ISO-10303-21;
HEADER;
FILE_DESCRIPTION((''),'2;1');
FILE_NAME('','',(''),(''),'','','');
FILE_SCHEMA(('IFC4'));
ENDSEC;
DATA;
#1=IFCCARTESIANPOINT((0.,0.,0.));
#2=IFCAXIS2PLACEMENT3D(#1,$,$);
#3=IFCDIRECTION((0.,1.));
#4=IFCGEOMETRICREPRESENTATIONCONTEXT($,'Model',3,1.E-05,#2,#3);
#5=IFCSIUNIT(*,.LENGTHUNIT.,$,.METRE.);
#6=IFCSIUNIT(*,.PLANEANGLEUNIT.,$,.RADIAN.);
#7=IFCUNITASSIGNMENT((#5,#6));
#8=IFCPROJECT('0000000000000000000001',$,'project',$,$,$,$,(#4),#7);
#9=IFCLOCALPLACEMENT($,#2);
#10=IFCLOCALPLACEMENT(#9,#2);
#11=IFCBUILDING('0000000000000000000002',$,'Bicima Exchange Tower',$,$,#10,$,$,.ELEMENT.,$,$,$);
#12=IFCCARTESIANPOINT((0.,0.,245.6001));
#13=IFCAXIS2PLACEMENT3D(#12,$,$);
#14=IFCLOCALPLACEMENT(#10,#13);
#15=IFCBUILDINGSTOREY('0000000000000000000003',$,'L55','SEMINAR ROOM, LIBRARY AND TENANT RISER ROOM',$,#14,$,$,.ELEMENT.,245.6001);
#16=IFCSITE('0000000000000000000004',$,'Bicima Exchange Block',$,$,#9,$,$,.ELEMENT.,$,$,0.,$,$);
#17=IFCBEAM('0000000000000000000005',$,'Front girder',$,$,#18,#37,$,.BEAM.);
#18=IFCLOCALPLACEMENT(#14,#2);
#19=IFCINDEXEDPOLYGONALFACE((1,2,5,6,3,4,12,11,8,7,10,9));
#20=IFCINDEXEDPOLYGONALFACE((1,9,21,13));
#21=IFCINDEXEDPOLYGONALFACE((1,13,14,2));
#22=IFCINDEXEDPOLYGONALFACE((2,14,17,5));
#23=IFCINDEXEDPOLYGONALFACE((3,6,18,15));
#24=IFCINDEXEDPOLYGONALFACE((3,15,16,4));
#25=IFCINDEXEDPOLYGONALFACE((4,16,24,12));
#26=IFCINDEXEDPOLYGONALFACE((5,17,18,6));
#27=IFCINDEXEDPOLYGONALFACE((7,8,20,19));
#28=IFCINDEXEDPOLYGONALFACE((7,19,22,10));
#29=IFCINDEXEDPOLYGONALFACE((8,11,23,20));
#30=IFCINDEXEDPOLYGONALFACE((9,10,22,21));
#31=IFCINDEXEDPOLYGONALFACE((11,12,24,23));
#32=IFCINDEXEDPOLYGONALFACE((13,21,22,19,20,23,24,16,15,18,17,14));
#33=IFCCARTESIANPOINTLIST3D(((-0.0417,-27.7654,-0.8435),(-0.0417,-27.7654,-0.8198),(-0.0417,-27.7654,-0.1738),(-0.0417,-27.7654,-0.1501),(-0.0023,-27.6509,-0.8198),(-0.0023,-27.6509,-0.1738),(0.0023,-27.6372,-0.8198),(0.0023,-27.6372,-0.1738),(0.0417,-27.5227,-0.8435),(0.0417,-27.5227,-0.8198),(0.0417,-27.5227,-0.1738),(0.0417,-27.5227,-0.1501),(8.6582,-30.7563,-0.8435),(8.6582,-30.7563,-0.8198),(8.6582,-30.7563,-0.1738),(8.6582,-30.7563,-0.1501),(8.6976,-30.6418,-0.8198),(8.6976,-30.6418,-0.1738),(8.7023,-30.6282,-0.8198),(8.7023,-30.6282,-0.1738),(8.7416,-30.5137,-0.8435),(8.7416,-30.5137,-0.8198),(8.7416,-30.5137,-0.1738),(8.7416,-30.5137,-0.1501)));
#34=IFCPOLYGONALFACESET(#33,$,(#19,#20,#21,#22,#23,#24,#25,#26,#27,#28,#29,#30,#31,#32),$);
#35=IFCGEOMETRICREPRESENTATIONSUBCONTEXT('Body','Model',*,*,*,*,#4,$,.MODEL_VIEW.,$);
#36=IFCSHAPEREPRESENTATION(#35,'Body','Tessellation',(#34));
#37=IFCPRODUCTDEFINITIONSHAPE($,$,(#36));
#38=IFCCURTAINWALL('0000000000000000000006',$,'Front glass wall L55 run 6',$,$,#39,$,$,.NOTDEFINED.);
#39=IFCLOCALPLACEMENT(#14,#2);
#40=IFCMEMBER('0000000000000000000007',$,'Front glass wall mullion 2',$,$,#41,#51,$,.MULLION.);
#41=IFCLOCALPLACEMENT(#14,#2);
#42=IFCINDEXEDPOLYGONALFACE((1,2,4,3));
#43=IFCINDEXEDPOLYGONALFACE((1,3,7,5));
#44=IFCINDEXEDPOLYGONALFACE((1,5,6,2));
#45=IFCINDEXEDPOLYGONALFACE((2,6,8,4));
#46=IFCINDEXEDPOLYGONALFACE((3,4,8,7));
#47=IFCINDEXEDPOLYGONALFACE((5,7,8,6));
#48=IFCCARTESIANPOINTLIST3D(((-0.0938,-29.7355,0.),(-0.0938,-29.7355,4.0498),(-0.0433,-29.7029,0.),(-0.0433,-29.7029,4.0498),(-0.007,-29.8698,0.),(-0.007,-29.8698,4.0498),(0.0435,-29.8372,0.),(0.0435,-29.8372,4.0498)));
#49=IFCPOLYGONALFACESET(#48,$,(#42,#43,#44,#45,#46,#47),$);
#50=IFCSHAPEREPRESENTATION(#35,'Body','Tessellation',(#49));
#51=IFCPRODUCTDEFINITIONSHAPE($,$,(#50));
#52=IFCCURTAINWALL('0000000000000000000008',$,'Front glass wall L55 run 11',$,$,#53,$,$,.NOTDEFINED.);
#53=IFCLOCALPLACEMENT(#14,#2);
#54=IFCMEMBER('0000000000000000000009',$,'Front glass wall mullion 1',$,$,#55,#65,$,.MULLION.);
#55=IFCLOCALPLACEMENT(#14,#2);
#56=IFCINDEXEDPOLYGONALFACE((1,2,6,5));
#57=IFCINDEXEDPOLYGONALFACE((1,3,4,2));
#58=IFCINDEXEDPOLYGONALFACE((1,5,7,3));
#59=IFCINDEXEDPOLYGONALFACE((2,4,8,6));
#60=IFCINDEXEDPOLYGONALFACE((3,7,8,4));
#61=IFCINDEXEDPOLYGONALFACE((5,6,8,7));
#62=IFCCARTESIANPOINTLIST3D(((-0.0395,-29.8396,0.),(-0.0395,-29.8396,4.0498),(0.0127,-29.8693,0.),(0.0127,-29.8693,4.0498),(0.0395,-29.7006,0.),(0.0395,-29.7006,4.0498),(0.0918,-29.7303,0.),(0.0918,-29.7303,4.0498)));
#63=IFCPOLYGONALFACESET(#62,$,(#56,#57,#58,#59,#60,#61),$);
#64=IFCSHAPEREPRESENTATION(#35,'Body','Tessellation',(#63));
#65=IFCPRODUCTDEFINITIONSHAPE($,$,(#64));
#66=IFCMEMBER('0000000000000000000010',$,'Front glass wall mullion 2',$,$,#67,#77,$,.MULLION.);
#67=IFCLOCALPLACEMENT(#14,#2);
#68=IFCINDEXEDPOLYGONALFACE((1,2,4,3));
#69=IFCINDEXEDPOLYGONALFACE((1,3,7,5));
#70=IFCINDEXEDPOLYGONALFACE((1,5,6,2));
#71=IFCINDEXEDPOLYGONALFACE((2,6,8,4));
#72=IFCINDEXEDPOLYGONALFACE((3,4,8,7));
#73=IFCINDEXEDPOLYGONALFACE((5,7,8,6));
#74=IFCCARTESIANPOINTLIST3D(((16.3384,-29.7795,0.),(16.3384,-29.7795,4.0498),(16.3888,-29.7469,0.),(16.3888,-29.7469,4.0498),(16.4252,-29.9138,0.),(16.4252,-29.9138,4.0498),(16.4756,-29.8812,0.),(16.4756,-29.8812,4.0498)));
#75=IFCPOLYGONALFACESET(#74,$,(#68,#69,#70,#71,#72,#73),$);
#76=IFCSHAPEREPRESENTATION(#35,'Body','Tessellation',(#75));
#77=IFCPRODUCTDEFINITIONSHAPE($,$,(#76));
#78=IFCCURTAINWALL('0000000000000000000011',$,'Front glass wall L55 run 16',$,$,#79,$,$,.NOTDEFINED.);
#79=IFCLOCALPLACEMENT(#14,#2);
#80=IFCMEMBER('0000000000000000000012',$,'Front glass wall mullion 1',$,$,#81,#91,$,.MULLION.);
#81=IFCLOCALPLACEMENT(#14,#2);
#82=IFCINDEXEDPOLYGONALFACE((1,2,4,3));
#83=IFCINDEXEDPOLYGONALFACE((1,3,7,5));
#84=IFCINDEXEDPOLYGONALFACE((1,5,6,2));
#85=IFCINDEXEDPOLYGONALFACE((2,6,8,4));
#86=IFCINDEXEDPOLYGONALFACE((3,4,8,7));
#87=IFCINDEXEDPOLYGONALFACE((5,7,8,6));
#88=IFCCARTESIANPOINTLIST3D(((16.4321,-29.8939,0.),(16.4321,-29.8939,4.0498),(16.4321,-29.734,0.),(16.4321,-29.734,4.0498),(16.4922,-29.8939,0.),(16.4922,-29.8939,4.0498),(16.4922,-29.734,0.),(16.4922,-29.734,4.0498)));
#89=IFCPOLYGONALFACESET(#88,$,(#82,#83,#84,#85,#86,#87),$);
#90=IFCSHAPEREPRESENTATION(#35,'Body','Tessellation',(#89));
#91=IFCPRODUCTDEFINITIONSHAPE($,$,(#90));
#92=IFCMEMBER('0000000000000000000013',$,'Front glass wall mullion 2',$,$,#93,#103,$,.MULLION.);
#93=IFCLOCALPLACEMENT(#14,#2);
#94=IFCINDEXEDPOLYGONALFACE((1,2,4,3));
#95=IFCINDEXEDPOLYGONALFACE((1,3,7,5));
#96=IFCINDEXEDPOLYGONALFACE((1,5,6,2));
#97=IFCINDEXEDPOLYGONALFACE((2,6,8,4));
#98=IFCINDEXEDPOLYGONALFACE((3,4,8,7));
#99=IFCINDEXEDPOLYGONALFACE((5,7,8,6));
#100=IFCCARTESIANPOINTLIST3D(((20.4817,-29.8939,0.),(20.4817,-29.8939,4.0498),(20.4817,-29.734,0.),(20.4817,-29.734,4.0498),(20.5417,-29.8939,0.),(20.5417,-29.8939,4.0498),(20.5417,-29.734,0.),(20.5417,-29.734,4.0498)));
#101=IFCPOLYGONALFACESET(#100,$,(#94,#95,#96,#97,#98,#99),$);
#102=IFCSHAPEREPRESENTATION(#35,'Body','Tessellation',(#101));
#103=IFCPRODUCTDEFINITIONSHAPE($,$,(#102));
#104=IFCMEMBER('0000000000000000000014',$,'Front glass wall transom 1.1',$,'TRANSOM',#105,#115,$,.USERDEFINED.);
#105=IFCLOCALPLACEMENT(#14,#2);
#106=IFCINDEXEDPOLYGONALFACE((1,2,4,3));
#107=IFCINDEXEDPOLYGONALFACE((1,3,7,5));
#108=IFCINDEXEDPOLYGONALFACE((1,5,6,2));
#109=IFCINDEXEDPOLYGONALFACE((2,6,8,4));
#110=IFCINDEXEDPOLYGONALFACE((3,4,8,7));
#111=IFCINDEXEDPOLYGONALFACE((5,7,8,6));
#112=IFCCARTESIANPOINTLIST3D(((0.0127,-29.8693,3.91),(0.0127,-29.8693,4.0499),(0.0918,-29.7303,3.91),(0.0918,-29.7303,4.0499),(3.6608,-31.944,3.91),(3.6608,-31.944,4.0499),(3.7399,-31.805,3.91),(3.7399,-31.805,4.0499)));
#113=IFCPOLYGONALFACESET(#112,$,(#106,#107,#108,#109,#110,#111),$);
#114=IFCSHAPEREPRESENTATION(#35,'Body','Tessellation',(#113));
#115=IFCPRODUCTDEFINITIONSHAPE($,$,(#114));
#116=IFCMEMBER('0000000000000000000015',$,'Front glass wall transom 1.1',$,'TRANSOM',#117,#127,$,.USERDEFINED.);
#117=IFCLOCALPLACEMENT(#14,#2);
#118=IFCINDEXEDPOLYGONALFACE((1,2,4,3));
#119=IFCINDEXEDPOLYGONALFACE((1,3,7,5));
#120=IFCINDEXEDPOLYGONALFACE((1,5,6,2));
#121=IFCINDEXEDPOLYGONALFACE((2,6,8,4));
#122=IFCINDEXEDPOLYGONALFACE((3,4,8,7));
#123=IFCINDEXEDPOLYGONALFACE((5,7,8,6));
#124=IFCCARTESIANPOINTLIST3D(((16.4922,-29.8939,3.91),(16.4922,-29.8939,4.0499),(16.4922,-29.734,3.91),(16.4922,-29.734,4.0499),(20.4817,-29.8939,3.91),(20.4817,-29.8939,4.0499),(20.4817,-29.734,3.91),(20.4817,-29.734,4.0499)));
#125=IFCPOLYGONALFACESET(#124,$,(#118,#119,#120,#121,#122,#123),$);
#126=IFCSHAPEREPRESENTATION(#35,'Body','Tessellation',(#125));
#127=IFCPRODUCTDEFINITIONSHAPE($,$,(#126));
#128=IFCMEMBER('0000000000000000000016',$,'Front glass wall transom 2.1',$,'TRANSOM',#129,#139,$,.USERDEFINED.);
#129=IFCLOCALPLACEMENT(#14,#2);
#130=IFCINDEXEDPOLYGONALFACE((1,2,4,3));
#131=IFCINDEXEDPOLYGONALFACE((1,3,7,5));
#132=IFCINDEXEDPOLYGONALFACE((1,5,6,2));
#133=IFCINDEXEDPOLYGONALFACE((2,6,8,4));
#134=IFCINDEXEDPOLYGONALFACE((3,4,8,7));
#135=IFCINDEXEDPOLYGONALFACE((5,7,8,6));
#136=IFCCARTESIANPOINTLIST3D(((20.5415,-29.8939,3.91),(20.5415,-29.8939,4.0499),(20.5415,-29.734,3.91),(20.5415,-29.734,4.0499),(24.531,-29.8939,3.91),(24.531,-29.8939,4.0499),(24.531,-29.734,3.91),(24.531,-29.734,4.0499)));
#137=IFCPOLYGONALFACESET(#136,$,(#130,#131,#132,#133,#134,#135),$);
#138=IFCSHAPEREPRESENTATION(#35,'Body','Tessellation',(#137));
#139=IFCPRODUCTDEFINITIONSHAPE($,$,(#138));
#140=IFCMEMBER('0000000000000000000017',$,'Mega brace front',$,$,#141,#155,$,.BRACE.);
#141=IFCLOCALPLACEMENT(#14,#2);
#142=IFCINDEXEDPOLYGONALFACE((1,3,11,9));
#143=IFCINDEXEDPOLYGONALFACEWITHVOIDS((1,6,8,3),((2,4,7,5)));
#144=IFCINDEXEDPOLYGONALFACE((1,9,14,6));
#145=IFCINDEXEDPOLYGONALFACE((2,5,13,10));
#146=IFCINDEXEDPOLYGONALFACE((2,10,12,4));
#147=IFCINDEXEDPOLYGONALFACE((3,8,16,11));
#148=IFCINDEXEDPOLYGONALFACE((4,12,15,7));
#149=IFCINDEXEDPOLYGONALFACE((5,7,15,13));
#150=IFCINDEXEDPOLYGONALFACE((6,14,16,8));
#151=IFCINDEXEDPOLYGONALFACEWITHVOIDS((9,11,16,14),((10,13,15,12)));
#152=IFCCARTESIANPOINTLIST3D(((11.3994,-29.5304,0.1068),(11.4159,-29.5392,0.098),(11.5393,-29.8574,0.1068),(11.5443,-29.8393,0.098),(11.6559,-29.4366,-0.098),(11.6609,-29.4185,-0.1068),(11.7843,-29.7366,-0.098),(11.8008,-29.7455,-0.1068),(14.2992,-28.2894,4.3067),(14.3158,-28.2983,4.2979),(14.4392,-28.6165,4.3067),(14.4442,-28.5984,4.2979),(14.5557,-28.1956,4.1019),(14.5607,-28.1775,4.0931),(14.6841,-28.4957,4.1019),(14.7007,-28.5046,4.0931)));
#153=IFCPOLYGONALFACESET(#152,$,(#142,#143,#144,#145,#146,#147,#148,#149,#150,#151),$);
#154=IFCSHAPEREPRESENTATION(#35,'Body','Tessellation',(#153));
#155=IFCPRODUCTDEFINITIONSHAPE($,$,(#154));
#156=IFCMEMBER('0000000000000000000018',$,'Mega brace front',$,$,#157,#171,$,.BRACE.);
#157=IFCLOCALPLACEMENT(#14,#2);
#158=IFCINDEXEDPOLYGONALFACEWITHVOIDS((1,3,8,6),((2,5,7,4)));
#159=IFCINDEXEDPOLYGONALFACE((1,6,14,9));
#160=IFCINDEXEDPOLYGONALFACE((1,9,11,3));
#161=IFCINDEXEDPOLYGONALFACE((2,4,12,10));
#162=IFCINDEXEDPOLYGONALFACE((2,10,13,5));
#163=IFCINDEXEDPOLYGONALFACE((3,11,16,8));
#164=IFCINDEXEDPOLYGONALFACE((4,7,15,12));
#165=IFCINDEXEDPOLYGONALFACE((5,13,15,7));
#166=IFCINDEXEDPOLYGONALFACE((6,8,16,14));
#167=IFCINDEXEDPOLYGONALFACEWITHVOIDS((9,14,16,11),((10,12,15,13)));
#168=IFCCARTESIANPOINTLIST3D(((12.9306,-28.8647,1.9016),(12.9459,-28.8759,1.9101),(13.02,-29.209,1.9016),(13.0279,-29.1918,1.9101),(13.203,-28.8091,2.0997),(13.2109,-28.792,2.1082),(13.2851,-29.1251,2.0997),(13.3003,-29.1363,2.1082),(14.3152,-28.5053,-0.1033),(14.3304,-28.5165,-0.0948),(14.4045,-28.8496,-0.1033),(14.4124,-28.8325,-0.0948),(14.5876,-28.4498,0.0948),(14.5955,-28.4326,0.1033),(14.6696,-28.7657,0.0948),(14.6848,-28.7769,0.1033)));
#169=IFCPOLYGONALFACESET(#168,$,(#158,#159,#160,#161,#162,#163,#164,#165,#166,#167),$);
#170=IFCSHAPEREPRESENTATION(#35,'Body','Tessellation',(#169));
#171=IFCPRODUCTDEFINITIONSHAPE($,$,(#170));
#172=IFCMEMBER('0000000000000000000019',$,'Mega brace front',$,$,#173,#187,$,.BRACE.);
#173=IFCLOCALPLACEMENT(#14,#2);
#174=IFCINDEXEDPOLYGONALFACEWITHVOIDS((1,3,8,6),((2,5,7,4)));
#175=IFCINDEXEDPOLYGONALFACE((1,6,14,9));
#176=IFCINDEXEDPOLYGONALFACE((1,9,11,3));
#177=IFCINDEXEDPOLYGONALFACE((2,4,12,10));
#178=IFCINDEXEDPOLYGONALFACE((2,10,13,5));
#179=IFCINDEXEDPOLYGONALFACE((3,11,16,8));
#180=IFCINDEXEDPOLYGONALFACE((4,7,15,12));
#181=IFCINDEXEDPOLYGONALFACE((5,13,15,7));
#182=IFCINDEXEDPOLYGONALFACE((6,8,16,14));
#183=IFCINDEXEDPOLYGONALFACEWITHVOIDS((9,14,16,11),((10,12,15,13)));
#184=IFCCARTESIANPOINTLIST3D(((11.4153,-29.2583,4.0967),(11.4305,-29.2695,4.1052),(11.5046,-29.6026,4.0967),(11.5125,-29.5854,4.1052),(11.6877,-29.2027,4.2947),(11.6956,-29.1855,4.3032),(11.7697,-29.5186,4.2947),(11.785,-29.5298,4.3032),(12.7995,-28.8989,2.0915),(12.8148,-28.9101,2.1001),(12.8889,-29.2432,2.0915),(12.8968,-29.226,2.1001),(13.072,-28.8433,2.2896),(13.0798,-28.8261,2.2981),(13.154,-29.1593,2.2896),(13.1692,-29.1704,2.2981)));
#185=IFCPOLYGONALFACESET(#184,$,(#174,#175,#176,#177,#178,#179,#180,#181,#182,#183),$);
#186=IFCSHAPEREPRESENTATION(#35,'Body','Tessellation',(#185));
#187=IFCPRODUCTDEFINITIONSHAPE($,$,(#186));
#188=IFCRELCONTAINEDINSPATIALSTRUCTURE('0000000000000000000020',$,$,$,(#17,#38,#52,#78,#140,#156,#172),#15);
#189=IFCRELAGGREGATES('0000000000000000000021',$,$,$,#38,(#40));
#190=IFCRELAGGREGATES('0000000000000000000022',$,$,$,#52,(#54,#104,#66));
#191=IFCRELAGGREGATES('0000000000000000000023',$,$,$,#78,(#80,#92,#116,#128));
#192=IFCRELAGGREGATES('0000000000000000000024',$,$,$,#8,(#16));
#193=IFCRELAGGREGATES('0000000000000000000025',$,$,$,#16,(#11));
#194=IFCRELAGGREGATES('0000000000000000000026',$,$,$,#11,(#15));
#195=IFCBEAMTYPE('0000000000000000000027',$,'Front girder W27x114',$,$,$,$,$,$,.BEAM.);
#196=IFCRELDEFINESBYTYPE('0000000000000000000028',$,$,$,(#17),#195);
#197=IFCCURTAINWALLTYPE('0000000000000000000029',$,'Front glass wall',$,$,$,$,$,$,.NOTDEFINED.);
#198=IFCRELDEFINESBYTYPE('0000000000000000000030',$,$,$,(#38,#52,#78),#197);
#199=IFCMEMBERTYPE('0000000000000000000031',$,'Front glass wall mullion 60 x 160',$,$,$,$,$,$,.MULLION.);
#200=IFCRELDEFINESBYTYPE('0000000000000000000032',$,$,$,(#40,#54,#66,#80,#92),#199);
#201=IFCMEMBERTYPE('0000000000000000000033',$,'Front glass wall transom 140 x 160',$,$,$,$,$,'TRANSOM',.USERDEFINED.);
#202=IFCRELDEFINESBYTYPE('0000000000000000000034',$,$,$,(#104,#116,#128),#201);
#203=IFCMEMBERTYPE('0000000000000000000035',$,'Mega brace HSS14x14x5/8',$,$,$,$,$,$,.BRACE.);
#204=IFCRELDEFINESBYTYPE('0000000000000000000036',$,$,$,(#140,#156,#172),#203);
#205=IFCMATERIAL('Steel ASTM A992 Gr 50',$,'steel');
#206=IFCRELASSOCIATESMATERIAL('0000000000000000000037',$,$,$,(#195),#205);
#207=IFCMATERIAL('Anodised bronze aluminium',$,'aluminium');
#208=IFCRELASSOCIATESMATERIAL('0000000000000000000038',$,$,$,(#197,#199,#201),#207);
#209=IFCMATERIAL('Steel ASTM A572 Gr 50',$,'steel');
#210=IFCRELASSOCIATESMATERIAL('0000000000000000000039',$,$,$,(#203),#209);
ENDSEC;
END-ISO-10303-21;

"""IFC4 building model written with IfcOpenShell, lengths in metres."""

from ifc_helpers import new_model, si_unit, direction, frame, origin, origin_2d, place, context, subcontext, project, spatial, rectangle, hollow_rectangle, i_section, extrude, material, material_profile, profile_set, type_object, element, aggregate, save


model = new_model("IFC4")

# Units and contexts
model_context = context("Model", 3, precision=1e-05, world=origin(), true_north=direction((0.0, 1.0)))
body_context = subcontext(model_context, "Body", "Model", "MODEL_VIEW")
ifc_project = project(units=[si_unit("LENGTHUNIT", "METRE"), si_unit("PLANEANGLEUNIT", "RADIAN")], contexts=[model_context])

# Site, building, storey
site_placement = place(None, origin())
site = spatial("IfcSite", under=ifc_project, at=site_placement, Name="Bicima Exchange Block", CompositionType="ELEMENT", RefElevation=0.0)
building_placement = place(site_placement, origin())
building = spatial("IfcBuilding", under=site, at=building_placement, Name="Bicima Exchange Tower", CompositionType="ELEMENT")
storey_placement = place(building_placement, frame((0.0, 0.0, 245.6001)))
storey = spatial("IfcBuildingStorey", under=building, at=storey_placement, Name="L55", Description="SEMINAR ROOM, LIBRARY AND TENANT RISER ROOM", CompositionType="ELEMENT", Elevation=245.6001)

# Shared definitions
ifc_material_1 = material(Name="Steel ASTM A992 Gr 50", Category="steel")

# Beam
ifc_material_profile_1 = material_profile(ifc_material_1, i_section(OverallWidth=0.2566, OverallDepth=0.6934, WebThickness=0.0144, FlangeThickness=0.0237, at=origin_2d()))
ifc_profile_set_1 = profile_set([ifc_material_profile_1], Name="Steel ASTM A992 Gr 50")
beam_type_1 = type_object("IfcBeamType", Name="Front girder W27x114", PredefinedType="BEAM", material=ifc_profile_set_1)
beam_1_placement = place(storey_placement, frame((0.0, -27.644, -0.4968), z_axis=(0.945675, -0.325115, 0.0), x_axis=(0.325115, 0.945675, 0.0)))
element("IfcBeam", 1, at=beam_1_placement, inside=storey, type_object=beam_type_1, Name="Front girder", PredefinedType="BEAM", context=body_context, shape_type="SweptSolid", body=[
    extrude(i_section(OverallWidth=0.2566, OverallDepth=0.6934, WebThickness=0.0144, FlangeThickness=0.0237, at=origin_2d()), origin(), (0.0, 0.0, 1.0), 9.1997),
])

# Curtain wall, member
ifc_material_2 = material(Name="Anodised bronze aluminium", Category="aluminium")
curtain_wall_type = type_object("IfcCurtainWallType", Name="Front glass wall", PredefinedType="NOTDEFINED", material=ifc_material_2)
curtain_wall_1_placement = place(storey_placement, origin())
curtain_wall_1 = element("IfcCurtainWall", 2, at=curtain_wall_1_placement, inside=storey, type_object=curtain_wall_type, Name="Front glass wall L55 run 6", PredefinedType="NOTDEFINED")
ifc_material_profile_2 = material_profile(ifc_material_2, rectangle(XDim=0.1599, YDim=0.0601, at=origin_2d()))
ifc_profile_set_2 = profile_set([ifc_material_profile_2], Name="Anodised bronze aluminium")
member_type_1 = type_object("IfcMemberType", Name="Front glass wall mullion 60 x 160", PredefinedType="MULLION", material=ifc_profile_set_2)
member_1_placement = place(storey_placement, frame((-0.0251, -29.7864, 0.0), z_axis=(0.0, 0.0, 1.0), x_axis=(-0.542897, 0.839799, 0.0)))
member_1 = element("IfcMember", 3, at=member_1_placement, type_object=member_type_1, Name="Front glass wall mullion 2", PredefinedType="MULLION", context=body_context, shape_type="SweptSolid", body=[
    extrude(rectangle(XDim=0.1599, YDim=0.0601, at=origin_2d()), origin(), (0.0, 0.0, 1.0), 4.0498),
])
aggregate(curtain_wall_1, [member_1])

# Curtain walls, members
curtain_wall_2_placement = place(storey_placement, origin())
curtain_wall_2 = element("IfcCurtainWall", 4, at=curtain_wall_2_placement, inside=storey, type_object=curtain_wall_type, Name="Front glass wall L55 run 11", PredefinedType="NOTDEFINED")
member_2_placement = place(storey_placement, frame((0.0261, -29.7849, 0.0), z_axis=(0.0, 0.0, 1.0), x_axis=(0.49433, 0.869274, 0.0)))
member_2 = element("IfcMember", 5, at=member_2_placement, type_object=member_type_1, Name="Front glass wall mullion 1", PredefinedType="MULLION", context=body_context, shape_type="SweptSolid", body=[
    extrude(rectangle(XDim=0.1599, YDim=0.0601, at=origin_2d()), origin(), (0.0, 0.0, 1.0), 4.0498),
])
member_3_placement = place(storey_placement, frame((16.407, -29.8303, 0.0), z_axis=(0.0, 0.0, 1.0), x_axis=(-0.542909, 0.839791, 0.0)))
member_3 = element("IfcMember", 6, at=member_3_placement, type_object=member_type_1, Name="Front glass wall mullion 2", PredefinedType="MULLION", context=body_context, shape_type="SweptSolid", body=[
    extrude(rectangle(XDim=0.1599, YDim=0.0601, at=origin_2d()), origin(), (0.0, 0.0, 1.0), 4.0498),
])
curtain_wall_3_placement = place(storey_placement, origin())
curtain_wall_3 = element("IfcCurtainWall", 7, at=curtain_wall_3_placement, inside=storey, type_object=curtain_wall_type, Name="Front glass wall L55 run 16", PredefinedType="NOTDEFINED")
member_4_placement = place(storey_placement, frame((16.4622, -29.814, 0.0), z_axis=(0.0, 0.0, 1.0), x_axis=(0.0, 1.0, 0.0)))
member_4 = element("IfcMember", 8, at=member_4_placement, type_object=member_type_1, Name="Front glass wall mullion 1", PredefinedType="MULLION", context=body_context, shape_type="SweptSolid", body=[
    extrude(rectangle(XDim=0.1599, YDim=0.0601, at=origin_2d()), origin(), (0.0, 0.0, 1.0), 4.0498),
])
member_5_placement = place(storey_placement, frame((20.5117, -29.814, 0.0), z_axis=(0.0, 0.0, 1.0), x_axis=(0.0, 1.0, 0.0)))
member_5 = element("IfcMember", 9, at=member_5_placement, type_object=member_type_1, Name="Front glass wall mullion 2", PredefinedType="MULLION", context=body_context, shape_type="SweptSolid", body=[
    extrude(rectangle(XDim=0.1599, YDim=0.0601, at=origin_2d()), origin(), (0.0, 0.0, 1.0), 4.0498),
])

# Members
ifc_material_profile_3 = material_profile(ifc_material_2, rectangle(XDim=0.1599, YDim=0.1399, at=origin_2d()))
ifc_profile_set_3 = profile_set([ifc_material_profile_3], Name="Anodised bronze aluminium")
member_type_2 = type_object("IfcMemberType", Name="Front glass wall transom 140 x 160", ElementType="TRANSOM", PredefinedType="USERDEFINED", material=ifc_profile_set_3)
member_6_placement = place(storey_placement, frame((0.0522, -29.7998, 3.98), z_axis=(0.869265, -0.494346, 0.0), x_axis=(0.494346, 0.869265, 0.0)))
member_6 = element("IfcMember", 10, at=member_6_placement, type_object=member_type_2, Name="Front glass wall transom 1.1", ObjectType="TRANSOM", PredefinedType="USERDEFINED", context=body_context, shape_type="SweptSolid", body=[
    extrude(rectangle(XDim=0.1599, YDim=0.1399, at=origin_2d()), origin(), (0.0, 0.0, 1.0), 4.1968),
])
aggregate(curtain_wall_2, [member_2, member_6, member_3])
member_7_placement = place(storey_placement, frame((16.4922, -29.814, 3.98), z_axis=(1.0, 0.0, 0.0), x_axis=(0.0, 1.0, 0.0)))
member_7 = element("IfcMember", 11, at=member_7_placement, type_object=member_type_2, Name="Front glass wall transom 1.1", ObjectType="TRANSOM", PredefinedType="USERDEFINED", context=body_context, shape_type="SweptSolid", body=[
    extrude(rectangle(XDim=0.1599, YDim=0.1399, at=origin_2d()), origin(), (0.0, 0.0, 1.0), 3.9895),
])
member_8_placement = place(storey_placement, frame((20.5415, -29.814, 3.98), z_axis=(1.0, 0.0, 0.0), x_axis=(0.0, 1.0, 0.0)))
member_8 = element("IfcMember", 12, at=member_8_placement, type_object=member_type_2, Name="Front glass wall transom 2.1", ObjectType="TRANSOM", PredefinedType="USERDEFINED", context=body_context, shape_type="SweptSolid", body=[
    extrude(rectangle(XDim=0.1599, YDim=0.1399, at=origin_2d()), origin(), (0.0, 0.0, 1.0), 3.9895),
])

# Members
ifc_material_3 = material(Name="Steel ASTM A572 Gr 50", Category="steel")
ifc_material_profile_4 = material_profile(ifc_material_3, hollow_rectangle(XDim=0.3557, YDim=0.3557, WallThickness=0.0146, at=origin_2d()))
ifc_profile_set_4 = profile_set([ifc_material_profile_4], Name="Steel ASTM A572 Gr 50")
member_type_3 = type_object("IfcMemberType", Name="Mega brace HSS14x14x5/8", PredefinedType="BRACE", material=ifc_profile_set_4)
member_9_placement = place(storey_placement, frame((11.6001, -29.6379, 0.0), z_axis=(0.552097, 0.236261, 0.799606), x_axis=(-0.393424, 0.919357, 0.0)))
element("IfcMember", 13, at=member_9_placement, inside=storey, type_object=member_type_3, Name="Mega brace front", PredefinedType="BRACE", context=body_context, shape_type="SweptSolid", body=[
    extrude(hollow_rectangle(XDim=0.3557, YDim=0.3557, WallThickness=0.0146, at=origin_2d()), origin(), (0.0, 0.0, 1.0), 5.2524),
])
for number, where, z_axis, x_axis, name in (
    (14, (14.5, -28.6411, 0.0), (-0.562163, -0.145919, 0.814052), (0.251241, -0.967925, 0.0), "Mega brace front"),
    (15, (12.9844, -29.0347, 2.1948), (-0.56205, -0.145915, 0.81413), (0.251282, -0.967914, 0.0), "Mega brace front"),
):
    element("IfcMember", number, at=place(storey_placement, frame(where, z_axis=z_axis, x_axis=x_axis)), inside=storey, type_object=member_type_3, Name=name, PredefinedType="BRACE", context=body_context, shape_type="SweptSolid", body=[
        extrude(hollow_rectangle(XDim=0.3557, YDim=0.3557, WallThickness=0.0146, at=origin_2d()), origin(), (0.0, 0.0, 1.0), 2.4629),
    ])

aggregate(curtain_wall_3, [member_4, member_5, member_7, member_8])

save(model, "model.ifc")
